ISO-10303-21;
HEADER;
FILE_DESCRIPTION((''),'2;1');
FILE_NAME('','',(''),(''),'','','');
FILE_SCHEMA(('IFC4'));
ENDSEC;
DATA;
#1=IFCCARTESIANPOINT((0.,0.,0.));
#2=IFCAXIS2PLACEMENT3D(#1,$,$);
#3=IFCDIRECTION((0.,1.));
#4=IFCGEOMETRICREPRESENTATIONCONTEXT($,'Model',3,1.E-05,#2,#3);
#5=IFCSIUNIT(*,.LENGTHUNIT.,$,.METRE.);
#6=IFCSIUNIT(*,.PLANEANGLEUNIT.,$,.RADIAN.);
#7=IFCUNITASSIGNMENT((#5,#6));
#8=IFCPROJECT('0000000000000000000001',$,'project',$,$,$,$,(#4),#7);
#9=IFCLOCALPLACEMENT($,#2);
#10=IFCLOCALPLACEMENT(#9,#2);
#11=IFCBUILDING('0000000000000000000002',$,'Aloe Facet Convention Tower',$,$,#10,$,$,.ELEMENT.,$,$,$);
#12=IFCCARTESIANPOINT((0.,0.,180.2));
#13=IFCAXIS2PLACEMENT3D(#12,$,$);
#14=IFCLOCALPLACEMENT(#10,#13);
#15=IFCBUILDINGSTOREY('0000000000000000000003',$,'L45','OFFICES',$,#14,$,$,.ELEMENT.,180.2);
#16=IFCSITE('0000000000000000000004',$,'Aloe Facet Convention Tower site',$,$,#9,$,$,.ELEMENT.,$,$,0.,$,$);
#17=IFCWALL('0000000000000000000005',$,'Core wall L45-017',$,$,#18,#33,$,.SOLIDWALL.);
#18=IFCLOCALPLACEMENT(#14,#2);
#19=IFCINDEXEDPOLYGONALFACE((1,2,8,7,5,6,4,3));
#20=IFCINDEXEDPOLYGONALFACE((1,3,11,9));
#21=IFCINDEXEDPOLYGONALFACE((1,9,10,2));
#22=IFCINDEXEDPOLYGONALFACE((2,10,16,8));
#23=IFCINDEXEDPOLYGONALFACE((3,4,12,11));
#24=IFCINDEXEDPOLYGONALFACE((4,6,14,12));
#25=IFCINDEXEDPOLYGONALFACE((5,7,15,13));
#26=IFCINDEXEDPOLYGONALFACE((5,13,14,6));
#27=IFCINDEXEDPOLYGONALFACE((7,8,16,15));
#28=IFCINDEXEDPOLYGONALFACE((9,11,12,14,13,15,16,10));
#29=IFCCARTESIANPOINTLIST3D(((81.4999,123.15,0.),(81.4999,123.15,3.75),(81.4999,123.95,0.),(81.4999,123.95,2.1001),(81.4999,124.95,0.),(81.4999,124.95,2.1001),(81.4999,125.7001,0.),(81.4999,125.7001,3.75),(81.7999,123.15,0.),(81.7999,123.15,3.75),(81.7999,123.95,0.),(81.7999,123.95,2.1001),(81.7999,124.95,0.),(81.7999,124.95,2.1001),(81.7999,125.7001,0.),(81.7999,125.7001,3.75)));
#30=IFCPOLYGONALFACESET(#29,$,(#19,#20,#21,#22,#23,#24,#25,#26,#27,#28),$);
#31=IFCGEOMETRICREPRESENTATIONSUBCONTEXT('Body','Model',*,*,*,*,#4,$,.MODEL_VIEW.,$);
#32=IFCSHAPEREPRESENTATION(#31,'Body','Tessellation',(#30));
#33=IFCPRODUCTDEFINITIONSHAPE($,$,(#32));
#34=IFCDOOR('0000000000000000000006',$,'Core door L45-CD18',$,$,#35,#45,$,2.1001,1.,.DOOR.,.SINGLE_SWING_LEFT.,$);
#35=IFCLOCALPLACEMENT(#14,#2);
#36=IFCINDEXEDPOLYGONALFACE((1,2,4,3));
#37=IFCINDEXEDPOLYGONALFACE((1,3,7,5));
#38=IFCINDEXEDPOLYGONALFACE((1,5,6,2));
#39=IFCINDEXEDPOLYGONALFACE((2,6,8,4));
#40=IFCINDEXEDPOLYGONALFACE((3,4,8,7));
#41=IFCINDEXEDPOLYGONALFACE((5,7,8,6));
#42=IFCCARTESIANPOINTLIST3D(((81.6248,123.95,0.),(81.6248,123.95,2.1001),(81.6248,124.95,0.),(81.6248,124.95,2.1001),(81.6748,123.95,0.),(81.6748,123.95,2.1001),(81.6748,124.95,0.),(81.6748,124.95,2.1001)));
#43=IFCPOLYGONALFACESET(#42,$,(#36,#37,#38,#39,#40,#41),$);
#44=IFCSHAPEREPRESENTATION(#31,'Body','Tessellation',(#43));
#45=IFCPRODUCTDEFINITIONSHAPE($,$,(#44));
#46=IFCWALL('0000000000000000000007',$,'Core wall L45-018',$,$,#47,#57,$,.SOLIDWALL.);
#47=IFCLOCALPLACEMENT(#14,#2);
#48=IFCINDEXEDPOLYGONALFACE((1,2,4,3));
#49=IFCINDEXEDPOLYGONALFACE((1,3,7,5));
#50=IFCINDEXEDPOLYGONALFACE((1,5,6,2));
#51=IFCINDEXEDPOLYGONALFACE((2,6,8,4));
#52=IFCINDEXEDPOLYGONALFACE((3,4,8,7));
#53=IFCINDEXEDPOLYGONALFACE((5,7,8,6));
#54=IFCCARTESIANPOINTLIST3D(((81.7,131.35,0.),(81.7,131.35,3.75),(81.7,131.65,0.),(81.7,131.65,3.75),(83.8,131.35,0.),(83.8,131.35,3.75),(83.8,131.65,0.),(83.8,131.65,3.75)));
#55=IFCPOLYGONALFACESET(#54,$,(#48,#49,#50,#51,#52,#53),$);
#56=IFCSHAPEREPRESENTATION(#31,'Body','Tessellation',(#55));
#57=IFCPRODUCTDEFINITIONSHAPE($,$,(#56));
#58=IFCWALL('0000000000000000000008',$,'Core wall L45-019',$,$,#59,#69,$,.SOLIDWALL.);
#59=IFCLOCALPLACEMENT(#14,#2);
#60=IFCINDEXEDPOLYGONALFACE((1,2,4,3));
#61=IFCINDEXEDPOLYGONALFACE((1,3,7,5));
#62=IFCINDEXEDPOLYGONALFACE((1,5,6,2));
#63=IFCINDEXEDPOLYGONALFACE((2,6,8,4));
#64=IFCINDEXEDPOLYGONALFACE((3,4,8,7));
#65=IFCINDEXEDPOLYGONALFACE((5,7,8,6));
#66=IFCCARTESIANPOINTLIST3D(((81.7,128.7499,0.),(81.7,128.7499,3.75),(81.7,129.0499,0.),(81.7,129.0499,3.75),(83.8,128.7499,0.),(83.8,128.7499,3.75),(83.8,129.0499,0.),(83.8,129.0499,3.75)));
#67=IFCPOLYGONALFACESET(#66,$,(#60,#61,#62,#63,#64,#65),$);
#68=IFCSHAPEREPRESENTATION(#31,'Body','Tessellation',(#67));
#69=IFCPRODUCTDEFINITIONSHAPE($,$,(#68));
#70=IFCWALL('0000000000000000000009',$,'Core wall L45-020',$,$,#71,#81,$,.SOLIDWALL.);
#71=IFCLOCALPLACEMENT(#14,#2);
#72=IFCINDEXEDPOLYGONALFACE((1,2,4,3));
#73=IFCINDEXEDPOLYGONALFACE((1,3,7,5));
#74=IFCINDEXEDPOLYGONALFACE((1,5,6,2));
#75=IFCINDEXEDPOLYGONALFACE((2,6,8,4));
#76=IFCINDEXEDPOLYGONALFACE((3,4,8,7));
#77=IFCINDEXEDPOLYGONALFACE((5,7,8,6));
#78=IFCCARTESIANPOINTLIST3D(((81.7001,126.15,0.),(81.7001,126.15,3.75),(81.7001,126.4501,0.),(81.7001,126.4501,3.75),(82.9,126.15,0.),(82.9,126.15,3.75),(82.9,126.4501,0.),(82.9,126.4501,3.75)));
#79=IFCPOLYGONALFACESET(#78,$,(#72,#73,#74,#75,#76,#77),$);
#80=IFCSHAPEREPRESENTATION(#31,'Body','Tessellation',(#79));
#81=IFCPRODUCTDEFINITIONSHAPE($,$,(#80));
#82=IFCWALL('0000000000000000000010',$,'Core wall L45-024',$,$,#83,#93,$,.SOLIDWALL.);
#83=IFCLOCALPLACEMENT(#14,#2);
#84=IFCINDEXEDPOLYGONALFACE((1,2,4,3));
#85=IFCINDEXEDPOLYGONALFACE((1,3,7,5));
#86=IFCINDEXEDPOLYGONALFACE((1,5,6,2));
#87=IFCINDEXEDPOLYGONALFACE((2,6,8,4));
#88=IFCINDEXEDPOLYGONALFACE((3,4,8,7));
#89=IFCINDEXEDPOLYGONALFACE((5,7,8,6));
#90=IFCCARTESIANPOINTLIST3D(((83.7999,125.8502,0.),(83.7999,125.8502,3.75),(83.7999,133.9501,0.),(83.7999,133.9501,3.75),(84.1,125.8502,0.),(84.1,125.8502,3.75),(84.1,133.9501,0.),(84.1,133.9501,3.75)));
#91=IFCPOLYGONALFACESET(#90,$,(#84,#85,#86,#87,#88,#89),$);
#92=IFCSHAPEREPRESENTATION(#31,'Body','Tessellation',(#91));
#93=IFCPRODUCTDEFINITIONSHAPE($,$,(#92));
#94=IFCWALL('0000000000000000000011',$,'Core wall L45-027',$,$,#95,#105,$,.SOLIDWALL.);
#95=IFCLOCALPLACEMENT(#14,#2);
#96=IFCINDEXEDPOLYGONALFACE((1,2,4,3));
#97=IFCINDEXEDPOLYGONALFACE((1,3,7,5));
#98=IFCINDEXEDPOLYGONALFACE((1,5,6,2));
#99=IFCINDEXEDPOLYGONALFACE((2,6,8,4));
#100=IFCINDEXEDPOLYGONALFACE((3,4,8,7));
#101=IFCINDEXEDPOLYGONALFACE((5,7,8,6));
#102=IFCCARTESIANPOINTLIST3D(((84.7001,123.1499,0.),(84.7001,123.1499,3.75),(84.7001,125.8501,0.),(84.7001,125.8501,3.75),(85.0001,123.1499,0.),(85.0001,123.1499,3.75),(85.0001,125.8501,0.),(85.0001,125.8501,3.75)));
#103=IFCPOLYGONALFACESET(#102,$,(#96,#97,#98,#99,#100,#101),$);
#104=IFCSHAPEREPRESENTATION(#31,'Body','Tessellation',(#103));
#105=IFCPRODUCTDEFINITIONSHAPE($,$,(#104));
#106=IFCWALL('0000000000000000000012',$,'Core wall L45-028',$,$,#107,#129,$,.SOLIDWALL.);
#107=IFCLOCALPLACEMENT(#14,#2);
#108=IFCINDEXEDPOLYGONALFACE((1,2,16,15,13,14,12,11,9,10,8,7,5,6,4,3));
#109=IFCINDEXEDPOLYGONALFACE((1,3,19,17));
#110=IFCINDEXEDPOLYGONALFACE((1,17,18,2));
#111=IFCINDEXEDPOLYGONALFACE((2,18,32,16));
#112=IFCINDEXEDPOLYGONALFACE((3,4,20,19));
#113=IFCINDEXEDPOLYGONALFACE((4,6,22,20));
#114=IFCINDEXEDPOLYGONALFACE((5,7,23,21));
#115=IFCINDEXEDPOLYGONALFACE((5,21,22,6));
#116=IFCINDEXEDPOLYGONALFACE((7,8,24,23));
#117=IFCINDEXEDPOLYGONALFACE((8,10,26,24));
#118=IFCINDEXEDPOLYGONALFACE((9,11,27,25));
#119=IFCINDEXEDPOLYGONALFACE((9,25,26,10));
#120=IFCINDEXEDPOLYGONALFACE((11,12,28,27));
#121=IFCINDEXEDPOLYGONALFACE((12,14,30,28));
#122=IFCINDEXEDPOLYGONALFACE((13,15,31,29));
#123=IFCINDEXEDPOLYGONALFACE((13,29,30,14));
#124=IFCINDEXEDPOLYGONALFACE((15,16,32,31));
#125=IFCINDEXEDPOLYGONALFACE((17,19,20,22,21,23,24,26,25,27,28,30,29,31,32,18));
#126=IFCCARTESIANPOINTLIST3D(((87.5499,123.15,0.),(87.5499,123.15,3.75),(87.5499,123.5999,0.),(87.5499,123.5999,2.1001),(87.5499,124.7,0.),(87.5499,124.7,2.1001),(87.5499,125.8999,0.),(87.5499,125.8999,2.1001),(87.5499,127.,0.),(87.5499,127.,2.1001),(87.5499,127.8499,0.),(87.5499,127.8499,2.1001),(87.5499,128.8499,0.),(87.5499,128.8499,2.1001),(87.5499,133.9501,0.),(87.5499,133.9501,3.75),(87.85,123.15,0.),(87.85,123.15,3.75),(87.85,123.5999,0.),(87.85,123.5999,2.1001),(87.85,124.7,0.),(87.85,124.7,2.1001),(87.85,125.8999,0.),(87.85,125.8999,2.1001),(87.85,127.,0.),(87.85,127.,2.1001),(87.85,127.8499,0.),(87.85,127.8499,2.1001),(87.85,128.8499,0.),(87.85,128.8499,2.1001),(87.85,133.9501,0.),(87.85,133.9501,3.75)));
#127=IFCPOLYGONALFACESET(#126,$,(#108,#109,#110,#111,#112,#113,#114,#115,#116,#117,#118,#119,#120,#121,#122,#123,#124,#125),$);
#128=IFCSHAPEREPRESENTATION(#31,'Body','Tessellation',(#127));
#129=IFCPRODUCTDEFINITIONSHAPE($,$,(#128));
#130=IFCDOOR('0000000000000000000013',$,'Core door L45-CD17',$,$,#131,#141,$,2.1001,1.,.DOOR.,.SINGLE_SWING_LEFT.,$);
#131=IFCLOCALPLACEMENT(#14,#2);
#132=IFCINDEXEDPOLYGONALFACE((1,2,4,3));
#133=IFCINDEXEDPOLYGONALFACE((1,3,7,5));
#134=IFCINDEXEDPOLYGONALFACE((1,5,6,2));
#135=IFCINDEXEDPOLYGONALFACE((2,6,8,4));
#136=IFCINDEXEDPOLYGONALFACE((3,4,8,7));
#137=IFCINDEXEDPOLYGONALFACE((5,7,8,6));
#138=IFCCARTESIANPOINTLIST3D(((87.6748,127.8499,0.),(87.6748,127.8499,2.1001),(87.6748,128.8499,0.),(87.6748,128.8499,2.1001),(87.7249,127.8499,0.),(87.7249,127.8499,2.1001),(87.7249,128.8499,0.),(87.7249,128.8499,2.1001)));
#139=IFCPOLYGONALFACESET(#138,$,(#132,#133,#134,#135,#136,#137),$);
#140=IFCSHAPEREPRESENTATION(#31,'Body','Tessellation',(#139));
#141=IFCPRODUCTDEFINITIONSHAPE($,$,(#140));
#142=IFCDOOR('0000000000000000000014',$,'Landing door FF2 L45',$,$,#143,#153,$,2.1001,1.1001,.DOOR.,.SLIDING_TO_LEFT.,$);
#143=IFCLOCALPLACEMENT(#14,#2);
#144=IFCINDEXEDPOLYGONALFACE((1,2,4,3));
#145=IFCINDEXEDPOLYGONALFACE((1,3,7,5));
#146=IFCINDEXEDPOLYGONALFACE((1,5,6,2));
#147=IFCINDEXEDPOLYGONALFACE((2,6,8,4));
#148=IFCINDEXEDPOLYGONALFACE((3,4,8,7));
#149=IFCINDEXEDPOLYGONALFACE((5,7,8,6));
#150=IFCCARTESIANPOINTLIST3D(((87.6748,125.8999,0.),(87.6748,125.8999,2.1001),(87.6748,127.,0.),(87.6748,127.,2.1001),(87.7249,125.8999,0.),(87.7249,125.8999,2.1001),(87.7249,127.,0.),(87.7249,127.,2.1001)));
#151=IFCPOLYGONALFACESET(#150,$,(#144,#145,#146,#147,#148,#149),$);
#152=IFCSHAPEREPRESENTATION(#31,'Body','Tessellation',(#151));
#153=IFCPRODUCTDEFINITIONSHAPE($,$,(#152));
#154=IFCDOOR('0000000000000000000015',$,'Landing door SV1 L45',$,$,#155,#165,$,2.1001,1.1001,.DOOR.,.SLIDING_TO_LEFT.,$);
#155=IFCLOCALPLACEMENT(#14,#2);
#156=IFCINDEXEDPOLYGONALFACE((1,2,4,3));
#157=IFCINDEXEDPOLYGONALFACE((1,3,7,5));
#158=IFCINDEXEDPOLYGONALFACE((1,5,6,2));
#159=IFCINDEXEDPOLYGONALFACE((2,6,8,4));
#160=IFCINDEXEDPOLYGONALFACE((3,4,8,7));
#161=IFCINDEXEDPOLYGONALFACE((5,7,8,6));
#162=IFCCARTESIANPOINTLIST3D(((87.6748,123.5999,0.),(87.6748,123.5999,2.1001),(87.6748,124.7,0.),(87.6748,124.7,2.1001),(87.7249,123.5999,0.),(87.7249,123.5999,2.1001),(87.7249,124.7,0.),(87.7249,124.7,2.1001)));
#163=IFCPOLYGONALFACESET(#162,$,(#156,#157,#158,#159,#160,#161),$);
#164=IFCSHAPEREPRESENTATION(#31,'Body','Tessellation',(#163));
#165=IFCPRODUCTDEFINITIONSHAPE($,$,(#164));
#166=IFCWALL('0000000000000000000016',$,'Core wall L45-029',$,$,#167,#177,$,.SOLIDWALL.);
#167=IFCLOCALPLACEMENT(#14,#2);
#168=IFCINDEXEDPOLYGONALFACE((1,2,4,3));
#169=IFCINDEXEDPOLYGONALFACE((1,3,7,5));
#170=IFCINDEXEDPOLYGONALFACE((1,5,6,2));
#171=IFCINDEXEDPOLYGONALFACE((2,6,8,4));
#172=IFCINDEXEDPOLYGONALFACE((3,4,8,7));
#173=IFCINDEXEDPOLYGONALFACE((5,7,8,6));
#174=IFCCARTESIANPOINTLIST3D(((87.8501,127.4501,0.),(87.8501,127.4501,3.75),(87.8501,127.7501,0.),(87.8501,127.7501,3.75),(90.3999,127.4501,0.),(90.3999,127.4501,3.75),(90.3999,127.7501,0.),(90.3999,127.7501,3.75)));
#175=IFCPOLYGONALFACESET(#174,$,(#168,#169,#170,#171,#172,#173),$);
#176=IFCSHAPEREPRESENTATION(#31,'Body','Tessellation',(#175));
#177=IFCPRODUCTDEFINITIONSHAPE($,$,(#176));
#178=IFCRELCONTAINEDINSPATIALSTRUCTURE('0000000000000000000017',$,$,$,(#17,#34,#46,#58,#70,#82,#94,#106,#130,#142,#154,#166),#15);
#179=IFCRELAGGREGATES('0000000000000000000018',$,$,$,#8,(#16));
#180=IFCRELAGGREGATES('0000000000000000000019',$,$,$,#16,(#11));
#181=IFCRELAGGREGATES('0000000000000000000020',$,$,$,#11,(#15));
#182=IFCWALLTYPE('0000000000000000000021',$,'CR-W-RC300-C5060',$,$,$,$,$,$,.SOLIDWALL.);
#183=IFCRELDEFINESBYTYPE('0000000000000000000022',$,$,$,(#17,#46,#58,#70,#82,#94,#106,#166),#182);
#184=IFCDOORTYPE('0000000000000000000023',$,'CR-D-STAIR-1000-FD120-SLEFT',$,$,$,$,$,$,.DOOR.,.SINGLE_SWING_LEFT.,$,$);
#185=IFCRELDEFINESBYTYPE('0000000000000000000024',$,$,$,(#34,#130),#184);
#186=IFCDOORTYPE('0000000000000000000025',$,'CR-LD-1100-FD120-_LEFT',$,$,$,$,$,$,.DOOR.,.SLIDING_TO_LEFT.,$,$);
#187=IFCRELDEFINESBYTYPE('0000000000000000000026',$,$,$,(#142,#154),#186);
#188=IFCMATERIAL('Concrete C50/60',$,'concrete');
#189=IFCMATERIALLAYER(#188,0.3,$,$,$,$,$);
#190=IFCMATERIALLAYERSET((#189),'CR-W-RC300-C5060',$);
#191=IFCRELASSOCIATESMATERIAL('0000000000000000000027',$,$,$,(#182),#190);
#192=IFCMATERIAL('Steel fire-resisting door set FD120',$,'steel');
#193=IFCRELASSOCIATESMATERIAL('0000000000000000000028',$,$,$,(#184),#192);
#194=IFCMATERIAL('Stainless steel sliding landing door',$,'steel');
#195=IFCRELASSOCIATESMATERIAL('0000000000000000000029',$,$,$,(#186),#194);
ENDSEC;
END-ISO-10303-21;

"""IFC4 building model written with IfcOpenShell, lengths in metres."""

from ifc_helpers import new_model, si_unit, direction, frame, frame_2d, origin, place, context, subcontext, project, spatial, rectangle, extrude, material, layer, layer_set, type_object, element, fill, save


model = new_model("IFC4")

# Units and contexts
model_context = context("Model", 3, precision=1e-05, world=origin(), true_north=direction((0.0, 1.0)))
body_context = subcontext(model_context, "Body", "Model", "MODEL_VIEW")
ifc_project = project(units=[si_unit("LENGTHUNIT", "METRE"), si_unit("PLANEANGLEUNIT", "RADIAN")], contexts=[model_context])

# Site, building, storey
site_placement = place(None, origin())
site = spatial("IfcSite", under=ifc_project, at=site_placement, Name="Aloe Facet Convention Tower site", CompositionType="ELEMENT", RefElevation=0.0)
building_placement = place(site_placement, origin())
building = spatial("IfcBuilding", under=site, at=building_placement, Name="Aloe Facet Convention Tower", CompositionType="ELEMENT")
storey_placement = place(building_placement, frame((0.0, 0.0, 180.2)))
storey = spatial("IfcBuildingStorey", under=building, at=storey_placement, Name="L45", Description="OFFICES", CompositionType="ELEMENT", Elevation=180.2)

# Shared definitions
ifc_material_1 = material(Name="Concrete C50/60", Category="concrete")
ifc_layer_1 = layer(ifc_material_1, 0.3)
ifc_layer_set_1 = layer_set([ifc_layer_1], Name="CR-W-RC300-C5060")
wall_type_1 = type_object("IfcWallType", Name="CR-W-RC300-C5060", PredefinedType="SOLIDWALL", material=ifc_layer_set_1)

# Wall, opening, door
wall_1_placement = place(storey_placement, frame((81.6499, 125.7, 0.0), z_axis=(0.0, 0.0, 1.0), x_axis=(0.0, -1.0, 0.0)))
wall_1 = element("IfcWall", 1, at=wall_1_placement, inside=storey, type_object=wall_type_1, Name="Core wall L45-017", PredefinedType="SOLIDWALL", context=body_context, shape_type="SweptSolid", body=[
    extrude(rectangle(XDim=2.55, YDim=0.3, at=frame_2d((1.2749, 0.0))), origin(), (0.0, 0.0, 1.0), 3.75),
])
opening_1_placement = place(wall_1_placement, frame((0.75, 0.0, 0.0)))
opening_1 = element("IfcOpeningElement", 2, at=opening_1_placement, cuts=wall_1, PredefinedType="OPENING", context=body_context, shape_type="SweptSolid", body=[
    extrude(rectangle(XDim=1.0, YDim=2.1001, at=frame_2d((0.5, 1.05))), frame((0.0, 0.1602, 0.0), z_axis=(0.0, -1.0, 0.0), x_axis=(1.0, 0.0, 0.0)), (0.0, 0.0, 1.0), 0.3201),
])
ifc_material_2 = material(Name="Steel fire-resisting door set FD120", Category="steel")
door_type_1 = type_object("IfcDoorType", Name="CR-D-STAIR-1000-FD120-SLEFT", OperationType="SINGLE_SWING_LEFT", PredefinedType="DOOR", material=ifc_material_2)
door_1_placement = place(opening_1_placement, origin())
door_1 = element("IfcDoor", 3, at=door_1_placement, inside=storey, type_object=door_type_1, Name="Core door L45-CD18", OperationType="SINGLE_SWING_LEFT", OverallHeight=2.1001, OverallWidth=1.0, PredefinedType="DOOR", context=body_context, shape_type="SweptSolid", body=[
    extrude(rectangle(XDim=1.0, YDim=2.1001, at=frame_2d((0.5, 1.05))), frame((0.0, 0.0249, 0.0), z_axis=(0.0, -1.0, 0.0), x_axis=(1.0, 0.0, 0.0)), (0.0, 0.0, 1.0), 0.05),
])
fill(opening_1, door_1)

# Walls
for number, where, z_axis, x_axis, name in (
    (4, (81.7, 131.5, 0.0), (0.0, 0.0, 1.0), (1.0, 0.0, 0.0), "Core wall L45-018"),
    (5, (81.7, 128.8999, 0.0), (0.0, 0.0, 1.0), (1.0, 0.0, 0.0), "Core wall L45-019"),
):
    element("IfcWall", number, at=place(storey_placement, frame(where, z_axis=z_axis, x_axis=x_axis)), inside=storey, type_object=wall_type_1, Name=name, PredefinedType="SOLIDWALL", context=body_context, shape_type="SweptSolid", body=[
        extrude(rectangle(XDim=2.1001, YDim=0.3, at=frame_2d((1.05, 0.0))), origin(), (0.0, 0.0, 1.0), 3.75),
    ])
wall_2_placement = place(storey_placement, frame((81.7, 126.3, 0.0), z_axis=(0.0, 0.0, 1.0), x_axis=(1.0, 0.0, 0.0)))
element("IfcWall", 6, at=wall_2_placement, inside=storey, type_object=wall_type_1, Name="Core wall L45-020", PredefinedType="SOLIDWALL", context=body_context, shape_type="SweptSolid", body=[
    extrude(rectangle(XDim=1.2, YDim=0.3, at=frame_2d((0.6001, 0.0))), origin(), (0.0, 0.0, 1.0), 3.75),
])
wall_3_placement = place(storey_placement, frame((83.95, 133.95, 0.0), z_axis=(0.0, 0.0, 1.0), x_axis=(0.0, -1.0, 0.0)))
element("IfcWall", 7, at=wall_3_placement, inside=storey, type_object=wall_type_1, Name="Core wall L45-024", PredefinedType="SOLIDWALL", context=body_context, shape_type="SweptSolid", body=[
    extrude(rectangle(XDim=8.0999, YDim=0.3, at=frame_2d((4.0498, 0.0))), origin(), (0.0, 0.0, 1.0), 3.75),
])
wall_4_placement = place(storey_placement, frame((84.8501, 125.8501, 0.0), z_axis=(0.0, 0.0, 1.0), x_axis=(0.0, -1.0, 0.0)))
element("IfcWall", 8, at=wall_4_placement, inside=storey, type_object=wall_type_1, Name="Core wall L45-027", PredefinedType="SOLIDWALL", context=body_context, shape_type="SweptSolid", body=[
    extrude(rectangle(XDim=2.7002, YDim=0.3, at=frame_2d((1.3501, 0.0))), origin(), (0.0, 0.0, 1.0), 3.75),
])

# Wall, openings, doors
wall_5_placement = place(storey_placement, frame((87.7, 133.95, 0.0), z_axis=(0.0, 0.0, 1.0), x_axis=(0.0, -1.0, 0.0)))
wall_5 = element("IfcWall", 9, at=wall_5_placement, inside=storey, type_object=wall_type_1, Name="Core wall L45-028", PredefinedType="SOLIDWALL", context=body_context, shape_type="SweptSolid", body=[
    extrude(rectangle(XDim=10.8, YDim=0.3, at=frame_2d((5.3999, 0.0))), origin(), (0.0, 0.0, 1.0), 3.75),
])
opening_2_placement = place(wall_5_placement, frame((6.95, 0.0, 0.0)))
opening_2 = element("IfcOpeningElement", 10, at=opening_2_placement, cuts=wall_5, PredefinedType="OPENING", context=body_context, shape_type="SweptSolid", body=[
    extrude(rectangle(XDim=1.1001, YDim=2.1001, at=frame_2d((0.55, 1.05))), frame((0.0, 0.1602, 0.0), z_axis=(0.0, -1.0, 0.0), x_axis=(1.0, 0.0, 0.0)), (0.0, 0.0, 1.0), 0.3201),
])
opening_3_placement = place(wall_5_placement, frame((5.1001, 0.0, 0.0)))
opening_3 = element("IfcOpeningElement", 11, at=opening_3_placement, cuts=wall_5, PredefinedType="OPENING", context=body_context, shape_type="SweptSolid", body=[
    extrude(rectangle(XDim=1.0, YDim=2.1001, at=frame_2d((0.5, 1.05))), frame((0.0, 0.1602, 0.0), z_axis=(0.0, -1.0, 0.0), x_axis=(1.0, 0.0, 0.0)), (0.0, 0.0, 1.0), 0.3201),
])
opening_4_placement = place(wall_5_placement, frame((9.25, 0.0, 0.0)))
opening_4 = element("IfcOpeningElement", 12, at=opening_4_placement, cuts=wall_5, PredefinedType="OPENING", context=body_context, shape_type="SweptSolid", body=[
    extrude(rectangle(XDim=1.1001, YDim=2.1001, at=frame_2d((0.55, 1.05))), frame((0.0, 0.1602, 0.0), z_axis=(0.0, -1.0, 0.0), x_axis=(1.0, 0.0, 0.0)), (0.0, 0.0, 1.0), 0.3201),
])
door_2_placement = place(opening_3_placement, origin())
door_2 = element("IfcDoor", 13, at=door_2_placement, inside=storey, type_object=door_type_1, Name="Core door L45-CD17", OperationType="SINGLE_SWING_LEFT", OverallHeight=2.1001, OverallWidth=1.0, PredefinedType="DOOR", context=body_context, shape_type="SweptSolid", body=[
    extrude(rectangle(XDim=1.0, YDim=2.1001, at=frame_2d((0.5, 1.05))), frame((0.0, 0.0249, 0.0), z_axis=(0.0, -1.0, 0.0), x_axis=(1.0, 0.0, 0.0)), (0.0, 0.0, 1.0), 0.05),
])
fill(opening_3, door_2)
ifc_material_3 = material(Name="Stainless steel sliding landing door", Category="steel")
door_type_2 = type_object("IfcDoorType", Name="CR-LD-1100-FD120-_LEFT", OperationType="SLIDING_TO_LEFT", PredefinedType="DOOR", material=ifc_material_3)
door_3_placement = place(opening_2_placement, origin())
door_3 = element("IfcDoor", 14, at=door_3_placement, inside=storey, type_object=door_type_2, Name="Landing door FF2 L45", OperationType="SLIDING_TO_LEFT", OverallHeight=2.1001, OverallWidth=1.1001, PredefinedType="DOOR", context=body_context, shape_type="SweptSolid", body=[
    extrude(rectangle(XDim=1.1001, YDim=2.1001, at=frame_2d((0.55, 1.05))), frame((0.0, 0.0249, 0.0), z_axis=(0.0, -1.0, 0.0), x_axis=(1.0, 0.0, 0.0)), (0.0, 0.0, 1.0), 0.05),
])
fill(opening_2, door_3)
door_4_placement = place(opening_4_placement, origin())
door_4 = element("IfcDoor", 15, at=door_4_placement, inside=storey, type_object=door_type_2, Name="Landing door SV1 L45", OperationType="SLIDING_TO_LEFT", OverallHeight=2.1001, OverallWidth=1.1001, PredefinedType="DOOR", context=body_context, shape_type="SweptSolid", body=[
    extrude(rectangle(XDim=1.1001, YDim=2.1001, at=frame_2d((0.55, 1.05))), frame((0.0, 0.0249, 0.0), z_axis=(0.0, -1.0, 0.0), x_axis=(1.0, 0.0, 0.0)), (0.0, 0.0, 1.0), 0.05),
])
fill(opening_4, door_4)

# Wall
for number, where, z_axis, x_axis, name in (
    (16, (87.8501, 127.6001, 0.0), (0.0, 0.0, 1.0), (1.0, 0.0, 0.0), "Core wall L45-029"),
):
    element("IfcWall", number, at=place(storey_placement, frame(where, z_axis=z_axis, x_axis=x_axis)), inside=storey, type_object=wall_type_1, Name=name, PredefinedType="SOLIDWALL", context=body_context, shape_type="SweptSolid", body=[
        extrude(rectangle(XDim=2.5498, YDim=0.3, at=frame_2d((1.2749, 0.0))), origin(), (0.0, 0.0, 1.0), 3.75),
    ])

save(model, "model.ifc")
